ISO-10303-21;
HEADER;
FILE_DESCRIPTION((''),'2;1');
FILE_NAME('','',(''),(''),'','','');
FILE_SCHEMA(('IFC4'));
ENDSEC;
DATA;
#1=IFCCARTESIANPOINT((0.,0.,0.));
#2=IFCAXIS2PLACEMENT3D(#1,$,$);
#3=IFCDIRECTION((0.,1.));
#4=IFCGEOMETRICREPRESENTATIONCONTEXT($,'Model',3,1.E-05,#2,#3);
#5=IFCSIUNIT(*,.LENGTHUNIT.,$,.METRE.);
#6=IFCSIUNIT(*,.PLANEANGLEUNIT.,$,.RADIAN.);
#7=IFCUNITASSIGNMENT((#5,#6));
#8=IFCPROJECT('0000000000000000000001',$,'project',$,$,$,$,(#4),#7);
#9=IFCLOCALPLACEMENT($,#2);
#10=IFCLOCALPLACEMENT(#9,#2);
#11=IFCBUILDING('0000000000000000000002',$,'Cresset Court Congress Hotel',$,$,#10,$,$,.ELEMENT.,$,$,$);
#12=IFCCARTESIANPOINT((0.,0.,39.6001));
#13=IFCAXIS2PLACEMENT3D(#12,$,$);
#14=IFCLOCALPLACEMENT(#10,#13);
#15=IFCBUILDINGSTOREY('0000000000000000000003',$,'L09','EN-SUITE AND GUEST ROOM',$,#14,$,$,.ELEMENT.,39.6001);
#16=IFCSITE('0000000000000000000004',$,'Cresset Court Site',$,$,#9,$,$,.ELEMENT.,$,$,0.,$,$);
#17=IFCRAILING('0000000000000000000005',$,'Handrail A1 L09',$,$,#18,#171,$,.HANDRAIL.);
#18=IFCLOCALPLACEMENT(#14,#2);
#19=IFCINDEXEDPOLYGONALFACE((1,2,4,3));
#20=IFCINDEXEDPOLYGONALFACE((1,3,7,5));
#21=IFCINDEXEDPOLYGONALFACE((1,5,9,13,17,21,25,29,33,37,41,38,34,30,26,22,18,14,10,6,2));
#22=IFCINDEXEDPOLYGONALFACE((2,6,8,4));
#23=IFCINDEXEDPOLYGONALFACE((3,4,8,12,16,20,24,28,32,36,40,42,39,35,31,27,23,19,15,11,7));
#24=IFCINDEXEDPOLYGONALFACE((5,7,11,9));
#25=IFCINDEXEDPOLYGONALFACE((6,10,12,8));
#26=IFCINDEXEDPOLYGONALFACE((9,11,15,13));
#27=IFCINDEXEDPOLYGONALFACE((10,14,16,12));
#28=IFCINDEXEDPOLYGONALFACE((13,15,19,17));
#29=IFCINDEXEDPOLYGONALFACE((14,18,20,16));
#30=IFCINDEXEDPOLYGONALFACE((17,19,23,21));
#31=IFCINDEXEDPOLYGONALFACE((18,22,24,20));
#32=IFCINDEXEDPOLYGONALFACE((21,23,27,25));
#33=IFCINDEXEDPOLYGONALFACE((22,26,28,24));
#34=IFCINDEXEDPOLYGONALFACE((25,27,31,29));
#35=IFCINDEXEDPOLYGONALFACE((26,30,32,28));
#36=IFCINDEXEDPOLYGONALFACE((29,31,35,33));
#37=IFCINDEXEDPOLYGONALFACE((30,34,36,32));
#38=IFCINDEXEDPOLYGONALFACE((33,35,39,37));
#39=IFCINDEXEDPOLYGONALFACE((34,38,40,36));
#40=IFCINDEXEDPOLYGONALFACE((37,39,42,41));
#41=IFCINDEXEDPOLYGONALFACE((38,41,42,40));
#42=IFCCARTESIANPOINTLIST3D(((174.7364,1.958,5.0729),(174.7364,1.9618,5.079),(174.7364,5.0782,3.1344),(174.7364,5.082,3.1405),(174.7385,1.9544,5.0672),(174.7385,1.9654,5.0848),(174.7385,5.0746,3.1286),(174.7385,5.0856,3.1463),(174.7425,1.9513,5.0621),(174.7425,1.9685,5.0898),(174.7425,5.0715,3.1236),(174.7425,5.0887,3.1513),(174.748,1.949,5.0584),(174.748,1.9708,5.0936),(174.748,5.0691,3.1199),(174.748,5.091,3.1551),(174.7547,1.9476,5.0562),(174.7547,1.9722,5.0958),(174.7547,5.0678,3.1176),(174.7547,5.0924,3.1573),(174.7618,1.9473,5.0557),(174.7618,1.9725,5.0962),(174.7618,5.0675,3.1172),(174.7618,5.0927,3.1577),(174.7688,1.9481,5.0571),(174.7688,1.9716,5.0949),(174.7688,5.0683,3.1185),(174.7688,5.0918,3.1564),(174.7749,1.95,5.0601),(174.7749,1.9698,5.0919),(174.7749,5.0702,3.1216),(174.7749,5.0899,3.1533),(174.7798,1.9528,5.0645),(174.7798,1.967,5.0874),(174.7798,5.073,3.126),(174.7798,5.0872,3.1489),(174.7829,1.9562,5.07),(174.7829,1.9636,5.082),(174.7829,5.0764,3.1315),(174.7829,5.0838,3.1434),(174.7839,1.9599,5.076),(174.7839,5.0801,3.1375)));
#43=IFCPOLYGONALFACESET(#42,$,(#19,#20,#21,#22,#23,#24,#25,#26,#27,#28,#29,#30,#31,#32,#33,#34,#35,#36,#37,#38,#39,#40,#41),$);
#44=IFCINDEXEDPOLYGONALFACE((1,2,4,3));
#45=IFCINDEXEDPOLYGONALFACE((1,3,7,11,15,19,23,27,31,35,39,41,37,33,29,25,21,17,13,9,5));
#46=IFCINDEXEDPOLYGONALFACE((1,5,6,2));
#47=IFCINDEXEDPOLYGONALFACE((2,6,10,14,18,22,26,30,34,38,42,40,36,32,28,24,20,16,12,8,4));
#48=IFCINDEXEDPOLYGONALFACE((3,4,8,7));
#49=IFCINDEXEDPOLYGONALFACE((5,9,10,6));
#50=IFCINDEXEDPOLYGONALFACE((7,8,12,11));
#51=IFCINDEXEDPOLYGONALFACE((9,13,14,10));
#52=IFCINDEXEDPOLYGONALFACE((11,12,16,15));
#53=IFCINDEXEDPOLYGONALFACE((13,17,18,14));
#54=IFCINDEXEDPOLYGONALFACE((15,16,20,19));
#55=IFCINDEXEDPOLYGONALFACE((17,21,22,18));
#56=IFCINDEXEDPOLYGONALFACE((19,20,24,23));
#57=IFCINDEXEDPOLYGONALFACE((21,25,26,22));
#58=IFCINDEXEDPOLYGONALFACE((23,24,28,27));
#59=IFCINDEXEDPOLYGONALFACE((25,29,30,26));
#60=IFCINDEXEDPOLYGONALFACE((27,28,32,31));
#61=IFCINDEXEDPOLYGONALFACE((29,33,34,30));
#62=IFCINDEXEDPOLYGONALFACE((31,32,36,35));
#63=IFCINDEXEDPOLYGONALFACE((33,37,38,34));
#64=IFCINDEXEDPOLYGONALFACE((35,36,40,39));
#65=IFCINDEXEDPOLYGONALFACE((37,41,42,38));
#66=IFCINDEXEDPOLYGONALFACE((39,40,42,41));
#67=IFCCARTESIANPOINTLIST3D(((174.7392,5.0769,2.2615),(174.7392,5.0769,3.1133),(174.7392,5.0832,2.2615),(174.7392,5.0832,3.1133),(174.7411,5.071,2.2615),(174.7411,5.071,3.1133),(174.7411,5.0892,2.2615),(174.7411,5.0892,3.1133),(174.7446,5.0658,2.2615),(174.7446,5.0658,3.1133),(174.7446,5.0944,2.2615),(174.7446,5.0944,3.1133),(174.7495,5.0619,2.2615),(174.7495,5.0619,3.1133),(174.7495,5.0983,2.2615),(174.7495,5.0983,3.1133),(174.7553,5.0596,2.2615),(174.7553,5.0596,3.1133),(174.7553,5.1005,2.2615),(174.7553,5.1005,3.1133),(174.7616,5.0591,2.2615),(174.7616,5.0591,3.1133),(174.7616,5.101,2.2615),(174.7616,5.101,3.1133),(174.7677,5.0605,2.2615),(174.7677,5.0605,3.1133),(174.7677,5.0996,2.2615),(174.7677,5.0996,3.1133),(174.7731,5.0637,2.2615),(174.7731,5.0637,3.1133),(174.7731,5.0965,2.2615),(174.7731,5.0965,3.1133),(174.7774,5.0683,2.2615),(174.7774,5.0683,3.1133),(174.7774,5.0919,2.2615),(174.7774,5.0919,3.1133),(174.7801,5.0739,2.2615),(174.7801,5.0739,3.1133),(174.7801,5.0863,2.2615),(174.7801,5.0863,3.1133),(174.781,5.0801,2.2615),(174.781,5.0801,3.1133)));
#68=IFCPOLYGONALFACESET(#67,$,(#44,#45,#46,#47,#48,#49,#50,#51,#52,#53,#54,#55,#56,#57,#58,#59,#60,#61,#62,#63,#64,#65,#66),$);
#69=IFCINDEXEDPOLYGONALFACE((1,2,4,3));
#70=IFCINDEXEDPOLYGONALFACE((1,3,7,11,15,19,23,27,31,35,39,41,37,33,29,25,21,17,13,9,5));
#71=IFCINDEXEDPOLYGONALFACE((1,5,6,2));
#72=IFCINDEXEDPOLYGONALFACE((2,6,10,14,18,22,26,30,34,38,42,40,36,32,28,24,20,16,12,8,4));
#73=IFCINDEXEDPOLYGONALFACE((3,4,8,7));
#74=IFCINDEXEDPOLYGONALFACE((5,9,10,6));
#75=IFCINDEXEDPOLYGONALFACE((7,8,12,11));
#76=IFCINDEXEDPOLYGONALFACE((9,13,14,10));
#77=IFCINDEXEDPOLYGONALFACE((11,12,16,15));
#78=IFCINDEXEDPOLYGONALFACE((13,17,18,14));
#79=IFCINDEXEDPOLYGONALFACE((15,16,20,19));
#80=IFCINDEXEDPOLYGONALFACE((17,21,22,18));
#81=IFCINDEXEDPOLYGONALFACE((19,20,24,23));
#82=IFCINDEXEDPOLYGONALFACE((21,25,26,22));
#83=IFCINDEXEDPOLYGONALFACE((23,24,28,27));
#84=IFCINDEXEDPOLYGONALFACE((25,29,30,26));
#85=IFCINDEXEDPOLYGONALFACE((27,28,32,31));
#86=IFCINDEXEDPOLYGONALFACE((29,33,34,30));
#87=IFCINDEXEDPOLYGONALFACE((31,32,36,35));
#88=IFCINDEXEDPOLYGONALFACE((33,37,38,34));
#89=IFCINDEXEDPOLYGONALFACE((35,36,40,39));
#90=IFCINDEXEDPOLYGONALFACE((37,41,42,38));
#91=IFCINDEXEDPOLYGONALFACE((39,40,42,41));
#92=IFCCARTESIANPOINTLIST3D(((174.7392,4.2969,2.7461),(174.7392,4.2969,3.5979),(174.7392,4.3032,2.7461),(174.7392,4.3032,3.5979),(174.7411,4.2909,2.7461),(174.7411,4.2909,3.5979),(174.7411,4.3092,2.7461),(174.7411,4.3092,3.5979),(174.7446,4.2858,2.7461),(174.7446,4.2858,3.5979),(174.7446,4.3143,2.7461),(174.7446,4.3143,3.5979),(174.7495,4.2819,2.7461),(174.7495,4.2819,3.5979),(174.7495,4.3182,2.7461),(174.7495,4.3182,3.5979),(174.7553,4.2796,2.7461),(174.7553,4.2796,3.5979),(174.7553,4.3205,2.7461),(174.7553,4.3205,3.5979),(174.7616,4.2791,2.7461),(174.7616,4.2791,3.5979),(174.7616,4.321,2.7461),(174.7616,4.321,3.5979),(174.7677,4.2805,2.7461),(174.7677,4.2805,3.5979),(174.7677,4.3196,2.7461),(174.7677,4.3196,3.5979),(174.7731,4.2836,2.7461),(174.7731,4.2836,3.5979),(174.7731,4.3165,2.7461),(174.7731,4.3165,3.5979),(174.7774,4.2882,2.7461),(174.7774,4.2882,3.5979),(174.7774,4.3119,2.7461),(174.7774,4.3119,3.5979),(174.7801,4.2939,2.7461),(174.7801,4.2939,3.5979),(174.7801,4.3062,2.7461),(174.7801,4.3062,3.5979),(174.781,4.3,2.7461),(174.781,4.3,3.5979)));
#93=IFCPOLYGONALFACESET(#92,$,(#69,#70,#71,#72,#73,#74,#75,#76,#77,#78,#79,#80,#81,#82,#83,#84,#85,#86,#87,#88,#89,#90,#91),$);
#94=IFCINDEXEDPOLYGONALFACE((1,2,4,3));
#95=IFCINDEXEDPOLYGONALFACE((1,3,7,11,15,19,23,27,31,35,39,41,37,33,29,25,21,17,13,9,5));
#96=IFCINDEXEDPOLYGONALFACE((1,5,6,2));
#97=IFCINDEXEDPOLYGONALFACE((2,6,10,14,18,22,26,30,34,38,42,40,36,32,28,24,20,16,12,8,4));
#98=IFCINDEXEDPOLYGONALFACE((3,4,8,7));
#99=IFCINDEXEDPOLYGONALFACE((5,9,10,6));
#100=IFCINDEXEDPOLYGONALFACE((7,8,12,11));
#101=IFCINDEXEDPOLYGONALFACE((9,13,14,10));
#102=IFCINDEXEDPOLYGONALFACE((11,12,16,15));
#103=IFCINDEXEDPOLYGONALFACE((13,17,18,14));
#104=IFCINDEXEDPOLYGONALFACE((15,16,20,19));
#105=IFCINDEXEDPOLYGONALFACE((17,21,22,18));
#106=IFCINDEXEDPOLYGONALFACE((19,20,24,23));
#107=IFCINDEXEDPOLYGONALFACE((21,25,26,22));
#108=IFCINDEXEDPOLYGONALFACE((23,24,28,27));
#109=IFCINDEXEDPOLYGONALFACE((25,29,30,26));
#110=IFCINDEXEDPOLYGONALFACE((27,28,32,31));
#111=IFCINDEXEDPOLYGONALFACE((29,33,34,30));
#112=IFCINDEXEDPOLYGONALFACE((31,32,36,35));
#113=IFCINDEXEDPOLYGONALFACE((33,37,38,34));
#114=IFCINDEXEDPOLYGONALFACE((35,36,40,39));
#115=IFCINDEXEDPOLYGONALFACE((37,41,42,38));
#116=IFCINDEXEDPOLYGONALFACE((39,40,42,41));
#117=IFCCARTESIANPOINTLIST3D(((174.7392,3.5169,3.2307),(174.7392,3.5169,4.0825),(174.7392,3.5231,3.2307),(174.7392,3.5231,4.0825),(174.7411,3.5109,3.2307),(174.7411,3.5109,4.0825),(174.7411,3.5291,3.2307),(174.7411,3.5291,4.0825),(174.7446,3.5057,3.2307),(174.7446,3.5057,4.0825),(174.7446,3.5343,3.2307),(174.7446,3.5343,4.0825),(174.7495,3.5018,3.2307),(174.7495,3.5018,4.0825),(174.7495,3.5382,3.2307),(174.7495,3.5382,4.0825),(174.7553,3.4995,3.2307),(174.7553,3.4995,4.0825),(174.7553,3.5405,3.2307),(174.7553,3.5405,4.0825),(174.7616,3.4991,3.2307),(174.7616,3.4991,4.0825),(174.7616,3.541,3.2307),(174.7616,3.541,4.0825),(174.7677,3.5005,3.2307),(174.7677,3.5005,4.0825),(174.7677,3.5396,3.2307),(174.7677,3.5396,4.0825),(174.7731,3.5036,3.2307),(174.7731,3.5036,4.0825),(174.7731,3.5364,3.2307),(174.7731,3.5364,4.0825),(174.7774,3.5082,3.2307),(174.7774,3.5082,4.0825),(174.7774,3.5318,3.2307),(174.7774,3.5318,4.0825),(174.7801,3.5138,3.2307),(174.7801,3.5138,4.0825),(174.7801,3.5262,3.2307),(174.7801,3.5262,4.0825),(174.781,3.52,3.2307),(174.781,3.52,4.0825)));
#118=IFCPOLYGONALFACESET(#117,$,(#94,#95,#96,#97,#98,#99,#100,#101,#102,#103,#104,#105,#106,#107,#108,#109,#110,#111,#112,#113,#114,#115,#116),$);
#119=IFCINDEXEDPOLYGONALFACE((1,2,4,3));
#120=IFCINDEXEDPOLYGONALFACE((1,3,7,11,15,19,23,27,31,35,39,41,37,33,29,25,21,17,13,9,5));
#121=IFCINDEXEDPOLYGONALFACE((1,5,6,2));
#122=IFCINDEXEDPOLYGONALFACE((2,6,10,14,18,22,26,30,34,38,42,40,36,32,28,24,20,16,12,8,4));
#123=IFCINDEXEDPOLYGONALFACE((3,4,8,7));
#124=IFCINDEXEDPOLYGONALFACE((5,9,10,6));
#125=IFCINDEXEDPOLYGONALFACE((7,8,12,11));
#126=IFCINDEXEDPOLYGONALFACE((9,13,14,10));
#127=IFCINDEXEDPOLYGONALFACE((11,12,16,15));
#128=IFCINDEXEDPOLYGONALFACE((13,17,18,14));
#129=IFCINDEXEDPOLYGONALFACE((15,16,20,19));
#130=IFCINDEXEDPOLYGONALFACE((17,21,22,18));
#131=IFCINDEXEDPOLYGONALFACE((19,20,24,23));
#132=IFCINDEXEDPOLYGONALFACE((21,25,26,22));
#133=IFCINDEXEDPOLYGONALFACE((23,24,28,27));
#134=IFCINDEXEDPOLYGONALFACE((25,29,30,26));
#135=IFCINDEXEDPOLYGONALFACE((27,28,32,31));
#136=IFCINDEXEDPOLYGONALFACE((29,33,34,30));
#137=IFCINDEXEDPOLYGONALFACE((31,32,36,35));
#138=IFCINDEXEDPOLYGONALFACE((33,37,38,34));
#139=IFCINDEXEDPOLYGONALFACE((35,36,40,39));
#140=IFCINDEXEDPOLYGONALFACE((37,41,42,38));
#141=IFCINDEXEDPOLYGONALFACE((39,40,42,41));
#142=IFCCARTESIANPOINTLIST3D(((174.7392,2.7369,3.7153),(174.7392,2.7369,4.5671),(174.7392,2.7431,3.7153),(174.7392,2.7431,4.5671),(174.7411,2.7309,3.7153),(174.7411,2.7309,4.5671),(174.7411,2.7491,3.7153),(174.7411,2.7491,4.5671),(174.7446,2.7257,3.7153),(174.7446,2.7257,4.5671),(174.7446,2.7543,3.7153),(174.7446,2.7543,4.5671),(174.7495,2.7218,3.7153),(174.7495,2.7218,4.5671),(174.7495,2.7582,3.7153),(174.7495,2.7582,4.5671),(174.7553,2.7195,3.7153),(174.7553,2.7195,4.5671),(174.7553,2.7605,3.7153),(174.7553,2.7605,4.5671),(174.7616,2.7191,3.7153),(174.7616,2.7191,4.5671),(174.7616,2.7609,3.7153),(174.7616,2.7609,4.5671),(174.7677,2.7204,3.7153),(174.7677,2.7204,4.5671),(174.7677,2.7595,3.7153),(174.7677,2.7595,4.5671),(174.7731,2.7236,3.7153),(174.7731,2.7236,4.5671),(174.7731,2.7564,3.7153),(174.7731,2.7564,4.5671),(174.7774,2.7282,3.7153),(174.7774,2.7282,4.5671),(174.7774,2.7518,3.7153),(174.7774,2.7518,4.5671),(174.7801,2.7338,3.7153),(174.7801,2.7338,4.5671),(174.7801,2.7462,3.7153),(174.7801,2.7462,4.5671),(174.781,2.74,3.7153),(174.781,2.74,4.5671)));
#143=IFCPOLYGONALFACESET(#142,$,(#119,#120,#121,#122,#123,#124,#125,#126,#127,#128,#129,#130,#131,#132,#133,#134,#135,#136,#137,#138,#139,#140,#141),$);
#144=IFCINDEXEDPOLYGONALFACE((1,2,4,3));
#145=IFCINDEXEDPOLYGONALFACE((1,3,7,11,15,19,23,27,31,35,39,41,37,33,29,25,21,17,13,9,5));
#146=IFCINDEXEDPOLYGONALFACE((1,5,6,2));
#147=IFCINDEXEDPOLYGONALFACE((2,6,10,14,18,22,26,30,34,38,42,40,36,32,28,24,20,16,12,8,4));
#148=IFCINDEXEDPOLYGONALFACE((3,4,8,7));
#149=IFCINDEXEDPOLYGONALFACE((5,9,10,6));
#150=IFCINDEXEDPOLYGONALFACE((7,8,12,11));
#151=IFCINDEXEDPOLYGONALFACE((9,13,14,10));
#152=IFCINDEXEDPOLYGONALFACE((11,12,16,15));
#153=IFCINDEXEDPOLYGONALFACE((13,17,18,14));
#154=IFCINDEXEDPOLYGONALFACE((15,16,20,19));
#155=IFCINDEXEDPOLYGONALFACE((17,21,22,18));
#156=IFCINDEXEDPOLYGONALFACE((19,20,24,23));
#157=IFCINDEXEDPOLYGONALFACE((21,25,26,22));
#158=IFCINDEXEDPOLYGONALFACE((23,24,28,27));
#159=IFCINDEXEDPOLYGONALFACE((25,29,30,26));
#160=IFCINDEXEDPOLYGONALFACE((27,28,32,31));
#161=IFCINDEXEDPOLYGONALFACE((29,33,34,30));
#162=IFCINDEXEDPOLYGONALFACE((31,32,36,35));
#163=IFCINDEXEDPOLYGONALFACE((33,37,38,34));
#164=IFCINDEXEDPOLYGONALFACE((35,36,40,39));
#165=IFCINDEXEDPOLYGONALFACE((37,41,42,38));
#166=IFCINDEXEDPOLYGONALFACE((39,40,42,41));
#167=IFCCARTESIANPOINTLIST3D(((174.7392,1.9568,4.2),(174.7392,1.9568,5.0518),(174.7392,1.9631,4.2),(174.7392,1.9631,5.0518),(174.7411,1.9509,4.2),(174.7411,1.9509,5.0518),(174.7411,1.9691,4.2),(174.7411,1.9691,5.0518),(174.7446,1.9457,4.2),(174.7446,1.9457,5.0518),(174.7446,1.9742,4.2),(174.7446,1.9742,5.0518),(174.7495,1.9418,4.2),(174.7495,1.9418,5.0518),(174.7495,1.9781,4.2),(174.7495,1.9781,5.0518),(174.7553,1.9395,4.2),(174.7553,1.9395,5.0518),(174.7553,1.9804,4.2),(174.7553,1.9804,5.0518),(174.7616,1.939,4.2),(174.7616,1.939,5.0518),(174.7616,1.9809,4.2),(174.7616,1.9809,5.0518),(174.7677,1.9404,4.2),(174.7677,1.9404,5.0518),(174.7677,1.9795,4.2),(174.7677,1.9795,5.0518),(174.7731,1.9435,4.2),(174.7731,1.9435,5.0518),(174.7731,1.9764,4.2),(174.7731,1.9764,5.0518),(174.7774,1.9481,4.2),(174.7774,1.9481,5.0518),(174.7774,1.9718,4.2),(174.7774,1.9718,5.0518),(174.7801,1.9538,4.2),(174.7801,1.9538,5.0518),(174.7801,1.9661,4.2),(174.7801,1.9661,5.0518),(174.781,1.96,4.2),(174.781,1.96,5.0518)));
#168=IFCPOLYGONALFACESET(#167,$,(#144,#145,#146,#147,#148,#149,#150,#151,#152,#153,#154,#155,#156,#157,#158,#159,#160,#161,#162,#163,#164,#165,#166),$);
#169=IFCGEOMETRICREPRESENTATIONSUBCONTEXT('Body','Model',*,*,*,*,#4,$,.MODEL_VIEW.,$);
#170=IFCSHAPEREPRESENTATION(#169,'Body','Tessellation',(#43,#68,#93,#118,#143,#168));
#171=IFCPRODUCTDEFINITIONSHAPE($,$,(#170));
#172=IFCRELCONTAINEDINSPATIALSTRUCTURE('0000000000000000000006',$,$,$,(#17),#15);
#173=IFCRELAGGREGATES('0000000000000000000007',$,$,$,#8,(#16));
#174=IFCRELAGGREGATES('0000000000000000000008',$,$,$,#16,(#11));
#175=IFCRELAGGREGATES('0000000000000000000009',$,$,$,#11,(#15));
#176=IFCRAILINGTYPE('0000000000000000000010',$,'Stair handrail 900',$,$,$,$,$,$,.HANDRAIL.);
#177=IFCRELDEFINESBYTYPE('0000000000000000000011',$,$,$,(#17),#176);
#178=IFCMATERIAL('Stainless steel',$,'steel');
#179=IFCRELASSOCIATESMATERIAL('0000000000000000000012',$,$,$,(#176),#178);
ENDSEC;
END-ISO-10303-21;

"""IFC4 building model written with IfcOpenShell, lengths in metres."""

from ifc_helpers import new_model, si_unit, direction, frame, origin, origin_2d, place, context, subcontext, project, spatial, circle, extrude, material, type_object, element, save


model = new_model("IFC4")

# Units and contexts
model_context = context("Model", 3, precision=1e-05, world=origin(), true_north=direction((0.0, 1.0)))
body_context = subcontext(model_context, "Body", "Model", "MODEL_VIEW")
ifc_project = project(units=[si_unit("LENGTHUNIT", "METRE"), si_unit("PLANEANGLEUNIT", "RADIAN")], contexts=[model_context])

# Site, building, storey
site_placement = place(None, origin())
site = spatial("IfcSite", under=ifc_project, at=site_placement, Name="Cresset Court Site", CompositionType="ELEMENT", RefElevation=0.0)
building_placement = place(site_placement, origin())
building = spatial("IfcBuilding", under=site, at=building_placement, Name="Cresset Court Congress Hotel", CompositionType="ELEMENT")
storey_placement = place(building_placement, frame((0.0, 0.0, 39.6001)))
storey = spatial("IfcBuildingStorey", under=building, at=storey_placement, Name="L09", Description="EN-SUITE AND GUEST ROOM", CompositionType="ELEMENT", Elevation=39.6001)

# Railing
ifc_material_1 = material(Name="Stainless steel", Category="steel")
railing_type_1 = type_object("IfcRailingType", Name="Stair handrail 900", PredefinedType="HANDRAIL", material=ifc_material_1)
for number, where, name in (
    (1, (174.76, 5.0801, 2.2615), "Handrail A1 L09"),
):
    element("IfcRailing", number, at=place(storey_placement, frame(where)), inside=storey, type_object=railing_type_1, Name=name, PredefinedType="HANDRAIL", context=body_context, shape_type="SweptSolid", body=[
        extrude(circle(Radius=0.0239, at=origin_2d()), frame((0.0, 0.0, 0.876), z_axis=(0.0, -0.849414, 0.527727), x_axis=(1.0, 0.0, 0.0)), (0.0, 0.0, 1.0), 3.6733),
        extrude(circle(Radius=0.021, at=origin_2d()), origin(), (0.0, 0.0, 1.0), 0.8518),
        extrude(circle(Radius=0.021, at=origin_2d()), frame((0.0, -0.78, 0.4846)), (0.0, 0.0, 1.0), 0.8518),
        extrude(circle(Radius=0.021, at=origin_2d()), frame((0.0, -1.5601, 0.9692)), (0.0, 0.0, 1.0), 0.8518),
        extrude(circle(Radius=0.021, at=origin_2d()), frame((0.0, -2.3401, 1.4539)), (0.0, 0.0, 1.0), 0.8518),
        extrude(circle(Radius=0.021, at=origin_2d()), frame((0.0, -3.1201, 1.9385)), (0.0, 0.0, 1.0), 0.8518),
    ])

save(model, "model.ifc")
